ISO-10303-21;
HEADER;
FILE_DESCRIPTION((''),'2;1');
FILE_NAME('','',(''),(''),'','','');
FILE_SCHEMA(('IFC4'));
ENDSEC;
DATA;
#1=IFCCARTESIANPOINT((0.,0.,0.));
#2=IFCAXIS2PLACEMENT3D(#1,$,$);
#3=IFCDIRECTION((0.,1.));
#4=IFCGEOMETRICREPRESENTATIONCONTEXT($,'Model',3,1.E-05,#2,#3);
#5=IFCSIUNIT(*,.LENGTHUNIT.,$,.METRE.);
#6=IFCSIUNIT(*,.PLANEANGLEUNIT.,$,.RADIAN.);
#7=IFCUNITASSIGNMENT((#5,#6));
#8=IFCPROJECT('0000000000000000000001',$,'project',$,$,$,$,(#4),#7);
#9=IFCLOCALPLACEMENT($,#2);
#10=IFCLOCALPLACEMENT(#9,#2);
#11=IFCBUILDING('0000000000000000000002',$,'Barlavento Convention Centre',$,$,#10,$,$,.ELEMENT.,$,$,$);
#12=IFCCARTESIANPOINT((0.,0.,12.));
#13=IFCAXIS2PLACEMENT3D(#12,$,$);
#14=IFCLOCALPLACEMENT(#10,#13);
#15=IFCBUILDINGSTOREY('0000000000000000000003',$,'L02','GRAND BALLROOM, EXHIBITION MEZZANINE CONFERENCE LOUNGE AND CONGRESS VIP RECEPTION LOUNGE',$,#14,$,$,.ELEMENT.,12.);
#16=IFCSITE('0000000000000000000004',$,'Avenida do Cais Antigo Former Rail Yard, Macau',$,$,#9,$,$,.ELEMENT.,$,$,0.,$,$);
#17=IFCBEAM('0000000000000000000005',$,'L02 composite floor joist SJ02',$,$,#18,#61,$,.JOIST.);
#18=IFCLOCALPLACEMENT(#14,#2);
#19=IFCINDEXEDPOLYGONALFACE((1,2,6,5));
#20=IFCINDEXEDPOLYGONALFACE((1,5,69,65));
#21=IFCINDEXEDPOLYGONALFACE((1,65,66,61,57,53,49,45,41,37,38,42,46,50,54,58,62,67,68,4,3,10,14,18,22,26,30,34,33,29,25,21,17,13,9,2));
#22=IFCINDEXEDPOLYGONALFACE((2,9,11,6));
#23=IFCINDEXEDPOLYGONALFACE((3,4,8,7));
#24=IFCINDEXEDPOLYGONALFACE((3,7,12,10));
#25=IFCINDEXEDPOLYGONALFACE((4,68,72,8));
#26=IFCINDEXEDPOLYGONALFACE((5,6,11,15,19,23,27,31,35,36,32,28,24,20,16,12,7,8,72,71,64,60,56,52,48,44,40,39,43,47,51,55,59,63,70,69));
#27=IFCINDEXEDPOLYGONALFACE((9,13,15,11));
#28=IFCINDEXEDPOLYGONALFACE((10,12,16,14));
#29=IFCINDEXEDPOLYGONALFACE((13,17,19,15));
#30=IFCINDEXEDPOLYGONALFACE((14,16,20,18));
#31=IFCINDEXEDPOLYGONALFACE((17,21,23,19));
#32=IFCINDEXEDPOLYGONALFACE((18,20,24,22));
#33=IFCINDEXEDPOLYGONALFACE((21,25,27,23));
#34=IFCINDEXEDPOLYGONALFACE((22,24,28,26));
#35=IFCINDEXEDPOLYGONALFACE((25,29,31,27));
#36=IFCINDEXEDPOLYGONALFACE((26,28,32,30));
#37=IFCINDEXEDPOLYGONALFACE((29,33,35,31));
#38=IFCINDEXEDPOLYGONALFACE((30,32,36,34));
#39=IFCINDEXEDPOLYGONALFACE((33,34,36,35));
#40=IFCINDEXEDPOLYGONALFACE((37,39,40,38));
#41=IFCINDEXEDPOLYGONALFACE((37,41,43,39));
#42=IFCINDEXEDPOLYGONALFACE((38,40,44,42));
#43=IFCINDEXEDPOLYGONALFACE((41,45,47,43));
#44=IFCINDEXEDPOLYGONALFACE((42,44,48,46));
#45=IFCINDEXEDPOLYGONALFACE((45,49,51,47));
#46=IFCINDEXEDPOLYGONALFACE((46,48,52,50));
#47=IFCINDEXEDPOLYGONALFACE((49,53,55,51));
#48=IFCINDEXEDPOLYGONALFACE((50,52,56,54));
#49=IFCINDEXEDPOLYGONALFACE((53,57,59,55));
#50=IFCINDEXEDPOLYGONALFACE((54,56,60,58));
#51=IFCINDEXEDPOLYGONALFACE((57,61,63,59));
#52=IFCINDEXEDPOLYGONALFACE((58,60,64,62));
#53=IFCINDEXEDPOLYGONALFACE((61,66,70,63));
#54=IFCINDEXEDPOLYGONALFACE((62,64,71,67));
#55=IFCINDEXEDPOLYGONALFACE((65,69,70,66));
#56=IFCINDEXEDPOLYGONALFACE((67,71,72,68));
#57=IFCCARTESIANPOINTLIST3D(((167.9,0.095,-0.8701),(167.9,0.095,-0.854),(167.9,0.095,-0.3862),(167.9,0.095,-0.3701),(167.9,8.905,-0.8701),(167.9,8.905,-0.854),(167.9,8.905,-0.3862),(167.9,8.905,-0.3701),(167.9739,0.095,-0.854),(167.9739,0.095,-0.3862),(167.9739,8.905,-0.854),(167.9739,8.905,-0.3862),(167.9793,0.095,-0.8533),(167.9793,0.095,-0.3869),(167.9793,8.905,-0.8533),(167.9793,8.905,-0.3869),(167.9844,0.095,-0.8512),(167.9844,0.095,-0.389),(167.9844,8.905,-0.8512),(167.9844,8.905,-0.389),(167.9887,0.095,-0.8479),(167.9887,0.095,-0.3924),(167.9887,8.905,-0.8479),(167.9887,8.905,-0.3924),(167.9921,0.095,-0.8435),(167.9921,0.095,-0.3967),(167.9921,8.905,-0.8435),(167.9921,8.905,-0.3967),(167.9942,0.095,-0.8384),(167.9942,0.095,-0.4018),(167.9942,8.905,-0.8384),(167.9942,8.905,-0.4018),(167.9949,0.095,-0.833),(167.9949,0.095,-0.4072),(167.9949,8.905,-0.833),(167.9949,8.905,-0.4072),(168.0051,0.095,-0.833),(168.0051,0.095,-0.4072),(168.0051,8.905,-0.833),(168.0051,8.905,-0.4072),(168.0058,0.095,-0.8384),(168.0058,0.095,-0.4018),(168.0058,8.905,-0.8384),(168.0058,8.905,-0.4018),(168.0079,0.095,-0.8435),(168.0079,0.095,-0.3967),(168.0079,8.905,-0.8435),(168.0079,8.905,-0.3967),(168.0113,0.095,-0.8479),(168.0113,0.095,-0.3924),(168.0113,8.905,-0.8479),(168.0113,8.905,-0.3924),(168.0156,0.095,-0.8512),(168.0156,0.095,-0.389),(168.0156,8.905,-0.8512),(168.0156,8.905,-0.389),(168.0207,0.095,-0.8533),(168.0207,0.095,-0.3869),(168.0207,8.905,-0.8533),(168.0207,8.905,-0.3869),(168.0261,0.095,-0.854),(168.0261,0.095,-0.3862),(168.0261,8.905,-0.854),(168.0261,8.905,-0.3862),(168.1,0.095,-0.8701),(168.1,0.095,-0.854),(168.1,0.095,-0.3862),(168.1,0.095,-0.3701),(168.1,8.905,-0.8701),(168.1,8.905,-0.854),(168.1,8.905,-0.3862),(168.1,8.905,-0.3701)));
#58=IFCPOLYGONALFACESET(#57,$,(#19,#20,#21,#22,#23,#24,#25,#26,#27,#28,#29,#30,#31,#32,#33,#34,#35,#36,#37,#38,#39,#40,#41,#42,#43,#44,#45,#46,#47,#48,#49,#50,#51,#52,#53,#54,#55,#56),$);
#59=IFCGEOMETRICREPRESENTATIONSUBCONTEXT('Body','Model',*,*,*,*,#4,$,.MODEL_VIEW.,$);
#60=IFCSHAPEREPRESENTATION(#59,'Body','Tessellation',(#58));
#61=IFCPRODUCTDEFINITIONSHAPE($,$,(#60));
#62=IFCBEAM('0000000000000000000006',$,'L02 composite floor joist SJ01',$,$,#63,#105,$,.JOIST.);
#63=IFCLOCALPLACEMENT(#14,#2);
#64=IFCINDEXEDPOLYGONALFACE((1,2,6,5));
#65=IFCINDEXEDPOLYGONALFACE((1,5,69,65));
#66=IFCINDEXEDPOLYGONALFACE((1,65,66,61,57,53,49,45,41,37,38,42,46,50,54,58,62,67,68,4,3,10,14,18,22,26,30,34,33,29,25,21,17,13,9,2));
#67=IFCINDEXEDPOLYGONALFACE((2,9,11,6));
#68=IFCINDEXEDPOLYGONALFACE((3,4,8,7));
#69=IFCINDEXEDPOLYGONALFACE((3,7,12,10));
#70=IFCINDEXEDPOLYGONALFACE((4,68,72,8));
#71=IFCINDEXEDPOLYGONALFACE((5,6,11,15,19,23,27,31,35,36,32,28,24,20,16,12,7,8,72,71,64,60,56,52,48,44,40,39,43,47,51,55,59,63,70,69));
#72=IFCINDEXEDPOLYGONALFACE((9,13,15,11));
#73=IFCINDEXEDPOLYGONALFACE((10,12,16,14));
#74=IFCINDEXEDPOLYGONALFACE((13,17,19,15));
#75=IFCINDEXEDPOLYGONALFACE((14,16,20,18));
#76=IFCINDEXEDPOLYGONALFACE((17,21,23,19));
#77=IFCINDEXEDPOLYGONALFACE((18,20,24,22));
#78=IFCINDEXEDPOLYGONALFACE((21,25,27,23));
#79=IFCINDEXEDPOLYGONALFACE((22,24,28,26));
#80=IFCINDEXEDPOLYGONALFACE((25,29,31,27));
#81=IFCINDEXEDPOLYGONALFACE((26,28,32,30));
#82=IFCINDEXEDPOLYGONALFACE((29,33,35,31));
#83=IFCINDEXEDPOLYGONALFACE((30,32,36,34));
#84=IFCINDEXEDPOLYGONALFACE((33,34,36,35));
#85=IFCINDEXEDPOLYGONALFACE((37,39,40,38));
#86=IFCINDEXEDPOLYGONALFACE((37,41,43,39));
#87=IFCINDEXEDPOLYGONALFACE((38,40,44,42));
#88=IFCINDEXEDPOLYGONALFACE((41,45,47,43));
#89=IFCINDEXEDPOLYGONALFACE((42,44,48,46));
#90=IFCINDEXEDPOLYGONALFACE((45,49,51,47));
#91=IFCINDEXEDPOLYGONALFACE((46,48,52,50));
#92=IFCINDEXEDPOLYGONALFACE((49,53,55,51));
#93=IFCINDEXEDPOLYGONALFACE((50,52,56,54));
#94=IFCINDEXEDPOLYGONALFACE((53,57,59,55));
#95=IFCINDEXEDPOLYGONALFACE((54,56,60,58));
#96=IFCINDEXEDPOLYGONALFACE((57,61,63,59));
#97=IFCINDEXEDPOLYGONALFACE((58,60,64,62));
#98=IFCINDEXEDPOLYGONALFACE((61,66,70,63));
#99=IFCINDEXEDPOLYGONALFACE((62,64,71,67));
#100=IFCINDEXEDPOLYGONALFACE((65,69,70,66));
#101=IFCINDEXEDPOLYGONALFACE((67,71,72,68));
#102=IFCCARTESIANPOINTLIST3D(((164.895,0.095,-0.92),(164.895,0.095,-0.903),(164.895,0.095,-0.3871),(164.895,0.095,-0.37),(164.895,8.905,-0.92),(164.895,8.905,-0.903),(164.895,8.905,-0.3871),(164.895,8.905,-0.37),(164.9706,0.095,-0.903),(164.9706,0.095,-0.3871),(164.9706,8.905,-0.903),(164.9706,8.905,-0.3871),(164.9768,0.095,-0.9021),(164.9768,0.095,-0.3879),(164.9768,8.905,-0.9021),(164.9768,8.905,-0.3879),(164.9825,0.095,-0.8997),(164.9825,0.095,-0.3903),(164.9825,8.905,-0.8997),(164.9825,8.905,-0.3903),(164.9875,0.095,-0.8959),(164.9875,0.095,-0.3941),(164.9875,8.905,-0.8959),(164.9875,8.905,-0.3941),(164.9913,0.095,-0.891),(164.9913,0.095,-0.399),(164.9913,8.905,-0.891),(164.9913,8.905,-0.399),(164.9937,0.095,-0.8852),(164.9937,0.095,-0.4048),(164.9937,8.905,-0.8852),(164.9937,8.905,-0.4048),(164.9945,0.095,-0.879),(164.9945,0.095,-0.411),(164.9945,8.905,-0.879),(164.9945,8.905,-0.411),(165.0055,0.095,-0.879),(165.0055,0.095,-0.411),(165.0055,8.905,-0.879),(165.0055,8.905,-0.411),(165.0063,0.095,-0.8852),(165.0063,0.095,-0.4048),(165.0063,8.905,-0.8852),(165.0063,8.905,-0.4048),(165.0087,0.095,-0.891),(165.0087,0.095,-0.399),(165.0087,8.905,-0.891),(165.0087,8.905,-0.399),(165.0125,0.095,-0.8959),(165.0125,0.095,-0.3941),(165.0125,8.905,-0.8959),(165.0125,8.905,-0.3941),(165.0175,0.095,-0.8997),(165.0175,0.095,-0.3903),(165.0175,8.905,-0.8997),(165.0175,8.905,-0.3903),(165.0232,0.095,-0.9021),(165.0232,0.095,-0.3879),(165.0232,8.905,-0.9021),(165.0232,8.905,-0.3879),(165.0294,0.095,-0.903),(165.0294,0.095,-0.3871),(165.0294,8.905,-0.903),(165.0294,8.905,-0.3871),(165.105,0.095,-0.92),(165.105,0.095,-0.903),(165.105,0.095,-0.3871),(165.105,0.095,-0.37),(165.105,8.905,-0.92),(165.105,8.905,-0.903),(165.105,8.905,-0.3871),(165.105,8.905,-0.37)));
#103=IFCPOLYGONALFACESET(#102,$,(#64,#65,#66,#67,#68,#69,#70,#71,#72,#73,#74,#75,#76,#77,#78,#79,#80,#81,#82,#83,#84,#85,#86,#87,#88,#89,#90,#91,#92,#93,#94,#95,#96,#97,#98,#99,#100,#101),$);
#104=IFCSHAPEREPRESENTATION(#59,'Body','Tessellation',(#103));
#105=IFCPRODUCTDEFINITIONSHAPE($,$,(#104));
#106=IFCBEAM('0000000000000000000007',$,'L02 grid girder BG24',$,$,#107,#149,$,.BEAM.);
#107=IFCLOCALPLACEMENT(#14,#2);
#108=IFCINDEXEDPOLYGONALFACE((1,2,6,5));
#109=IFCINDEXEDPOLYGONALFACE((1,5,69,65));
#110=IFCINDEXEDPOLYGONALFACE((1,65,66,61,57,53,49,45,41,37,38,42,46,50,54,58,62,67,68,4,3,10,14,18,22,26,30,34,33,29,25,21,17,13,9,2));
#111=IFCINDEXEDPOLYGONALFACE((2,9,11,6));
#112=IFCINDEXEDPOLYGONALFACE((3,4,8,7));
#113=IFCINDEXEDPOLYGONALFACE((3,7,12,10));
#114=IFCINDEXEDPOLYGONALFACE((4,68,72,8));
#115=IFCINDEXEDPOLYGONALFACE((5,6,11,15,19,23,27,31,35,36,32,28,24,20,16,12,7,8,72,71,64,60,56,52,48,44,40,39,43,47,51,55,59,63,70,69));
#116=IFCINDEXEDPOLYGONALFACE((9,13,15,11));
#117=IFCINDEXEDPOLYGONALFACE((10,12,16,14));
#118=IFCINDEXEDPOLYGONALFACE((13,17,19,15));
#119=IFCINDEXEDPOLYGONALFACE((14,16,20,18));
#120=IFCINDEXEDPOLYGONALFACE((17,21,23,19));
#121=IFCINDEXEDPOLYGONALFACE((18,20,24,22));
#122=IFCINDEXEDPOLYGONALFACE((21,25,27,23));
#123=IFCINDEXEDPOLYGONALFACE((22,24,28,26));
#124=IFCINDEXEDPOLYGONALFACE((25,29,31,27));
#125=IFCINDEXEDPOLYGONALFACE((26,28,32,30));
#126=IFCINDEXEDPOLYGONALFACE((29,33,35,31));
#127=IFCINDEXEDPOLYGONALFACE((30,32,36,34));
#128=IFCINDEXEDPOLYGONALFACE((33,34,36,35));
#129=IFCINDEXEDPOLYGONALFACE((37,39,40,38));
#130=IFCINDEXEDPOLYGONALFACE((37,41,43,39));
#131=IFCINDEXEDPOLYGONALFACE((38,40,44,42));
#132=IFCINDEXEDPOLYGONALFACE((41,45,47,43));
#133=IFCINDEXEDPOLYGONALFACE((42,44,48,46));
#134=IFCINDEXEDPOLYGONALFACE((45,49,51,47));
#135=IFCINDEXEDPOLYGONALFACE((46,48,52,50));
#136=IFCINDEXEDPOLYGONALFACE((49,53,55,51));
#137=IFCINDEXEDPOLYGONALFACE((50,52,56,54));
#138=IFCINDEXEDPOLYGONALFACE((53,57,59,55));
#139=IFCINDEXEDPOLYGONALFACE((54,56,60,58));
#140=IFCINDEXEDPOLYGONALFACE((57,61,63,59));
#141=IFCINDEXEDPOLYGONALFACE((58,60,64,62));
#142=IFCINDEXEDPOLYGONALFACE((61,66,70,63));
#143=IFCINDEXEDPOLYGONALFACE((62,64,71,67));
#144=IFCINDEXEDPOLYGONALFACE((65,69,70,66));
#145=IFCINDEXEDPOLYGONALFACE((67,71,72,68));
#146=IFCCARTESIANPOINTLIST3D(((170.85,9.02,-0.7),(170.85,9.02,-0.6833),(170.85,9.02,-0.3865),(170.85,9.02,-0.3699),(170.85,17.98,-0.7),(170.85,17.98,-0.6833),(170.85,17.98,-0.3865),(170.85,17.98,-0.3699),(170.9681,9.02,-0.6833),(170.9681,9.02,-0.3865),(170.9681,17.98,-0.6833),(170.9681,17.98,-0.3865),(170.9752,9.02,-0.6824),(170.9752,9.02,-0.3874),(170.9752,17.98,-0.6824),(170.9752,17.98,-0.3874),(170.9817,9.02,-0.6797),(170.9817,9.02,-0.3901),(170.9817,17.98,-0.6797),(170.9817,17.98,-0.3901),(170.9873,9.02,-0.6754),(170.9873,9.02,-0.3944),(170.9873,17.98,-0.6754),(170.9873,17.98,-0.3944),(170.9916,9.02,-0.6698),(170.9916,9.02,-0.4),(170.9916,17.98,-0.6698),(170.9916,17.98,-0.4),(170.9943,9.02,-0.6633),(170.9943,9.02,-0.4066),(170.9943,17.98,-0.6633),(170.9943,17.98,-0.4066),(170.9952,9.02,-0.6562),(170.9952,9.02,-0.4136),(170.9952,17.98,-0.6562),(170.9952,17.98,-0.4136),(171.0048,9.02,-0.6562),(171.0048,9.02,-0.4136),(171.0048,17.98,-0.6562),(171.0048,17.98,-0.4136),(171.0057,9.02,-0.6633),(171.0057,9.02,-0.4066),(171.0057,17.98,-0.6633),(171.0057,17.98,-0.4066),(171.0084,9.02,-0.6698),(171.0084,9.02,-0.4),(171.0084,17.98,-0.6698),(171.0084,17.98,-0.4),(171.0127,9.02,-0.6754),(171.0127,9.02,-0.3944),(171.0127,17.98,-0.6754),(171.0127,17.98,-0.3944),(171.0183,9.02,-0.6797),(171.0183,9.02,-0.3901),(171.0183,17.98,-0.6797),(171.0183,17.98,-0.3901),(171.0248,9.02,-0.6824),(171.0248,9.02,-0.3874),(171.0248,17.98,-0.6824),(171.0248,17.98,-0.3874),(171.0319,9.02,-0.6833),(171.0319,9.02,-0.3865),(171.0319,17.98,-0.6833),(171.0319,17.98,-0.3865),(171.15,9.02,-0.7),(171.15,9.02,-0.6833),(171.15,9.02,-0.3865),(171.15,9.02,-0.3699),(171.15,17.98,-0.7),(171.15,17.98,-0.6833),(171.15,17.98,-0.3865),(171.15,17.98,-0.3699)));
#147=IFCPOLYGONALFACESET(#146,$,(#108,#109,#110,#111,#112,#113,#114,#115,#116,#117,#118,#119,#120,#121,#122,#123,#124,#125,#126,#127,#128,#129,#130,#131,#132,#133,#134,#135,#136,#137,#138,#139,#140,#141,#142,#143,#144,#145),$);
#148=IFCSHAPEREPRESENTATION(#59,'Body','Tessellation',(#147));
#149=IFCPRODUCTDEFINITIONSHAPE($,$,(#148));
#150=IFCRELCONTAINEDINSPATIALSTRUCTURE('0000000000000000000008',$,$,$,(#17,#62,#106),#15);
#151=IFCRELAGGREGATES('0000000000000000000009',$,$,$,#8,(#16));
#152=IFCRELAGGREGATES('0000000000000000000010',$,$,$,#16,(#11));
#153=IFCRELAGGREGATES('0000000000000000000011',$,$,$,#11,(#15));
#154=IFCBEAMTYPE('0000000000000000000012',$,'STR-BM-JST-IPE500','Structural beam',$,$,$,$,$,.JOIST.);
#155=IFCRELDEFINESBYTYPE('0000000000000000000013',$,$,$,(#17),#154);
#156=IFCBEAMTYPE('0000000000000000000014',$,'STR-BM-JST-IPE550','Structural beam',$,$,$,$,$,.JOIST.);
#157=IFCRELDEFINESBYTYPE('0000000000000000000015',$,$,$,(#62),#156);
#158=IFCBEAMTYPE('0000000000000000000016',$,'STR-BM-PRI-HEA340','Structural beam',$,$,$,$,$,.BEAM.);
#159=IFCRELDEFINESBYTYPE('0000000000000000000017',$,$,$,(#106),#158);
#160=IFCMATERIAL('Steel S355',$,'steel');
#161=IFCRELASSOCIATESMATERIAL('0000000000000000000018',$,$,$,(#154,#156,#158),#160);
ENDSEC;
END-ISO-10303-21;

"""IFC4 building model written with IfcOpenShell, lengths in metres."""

from ifc_helpers import new_model, si_unit, direction, frame, origin, origin_2d, place, context, subcontext, project, spatial, i_section, extrude, material, material_profile, profile_set, type_object, element, save


model = new_model("IFC4")

# Units and contexts
model_context = context("Model", 3, precision=1e-05, world=origin(), true_north=direction((0.0, 1.0)))
body_context = subcontext(model_context, "Body", "Model", "MODEL_VIEW")
ifc_project = project(units=[si_unit("LENGTHUNIT", "METRE"), si_unit("PLANEANGLEUNIT", "RADIAN")], contexts=[model_context])

# Site, building, storey
site_placement = place(None, origin())
site = spatial("IfcSite", under=ifc_project, at=site_placement, Name="Avenida do Cais Antigo Former Rail Yard, Macau", CompositionType="ELEMENT", RefElevation=0.0)
building_placement = place(site_placement, origin())
building = spatial("IfcBuilding", under=site, at=building_placement, Name="Barlavento Convention Centre", CompositionType="ELEMENT")
storey_placement = place(building_placement, frame((0.0, 0.0, 12.0)))
storey = spatial("IfcBuildingStorey", under=building, at=storey_placement, Name="L02", Description="GRAND BALLROOM, EXHIBITION MEZZANINE CONFERENCE LOUNGE AND CONGRESS VIP RECEPTION LOUNGE", CompositionType="ELEMENT", Elevation=12.0)

# Shared definitions
ifc_material_1 = material(Name="Steel S355", Category="steel")

# Beams
ifc_material_profile_1 = material_profile(ifc_material_1, i_section(OverallWidth=0.2, OverallDepth=0.5, WebThickness=0.0103, FlangeThickness=0.0161, FilletRadius=0.021, at=origin_2d()), Name="IPE 500")
ifc_profile_set_1 = profile_set([ifc_material_profile_1], Name="Steel S355")
beam_type_1 = type_object("IfcBeamType", Name="STR-BM-JST-IPE500", Description="Structural beam", PredefinedType="JOIST", material=ifc_profile_set_1)
beam_1_placement = place(storey_placement, frame((168.0, 0.095, -0.6201), z_axis=(0.0, 1.0, 0.0), x_axis=(-1.0, 0.0, 0.0)))
element("IfcBeam", 1, at=beam_1_placement, inside=storey, type_object=beam_type_1, Name="L02 composite floor joist SJ02", PredefinedType="JOIST", context=body_context, shape_type="SweptSolid", body=[
    extrude(i_section(OverallWidth=0.2, OverallDepth=0.5, WebThickness=0.0103, FlangeThickness=0.0161, FilletRadius=0.021, at=origin_2d()), origin(), (0.0, 0.0, 1.0), 8.8101),
])
ifc_material_profile_2 = material_profile(ifc_material_1, i_section(OverallWidth=0.21, OverallDepth=0.55, WebThickness=0.011, FlangeThickness=0.0171, FilletRadius=0.0239, at=origin_2d()), Name="IPE 550")
ifc_profile_set_2 = profile_set([ifc_material_profile_2], Name="Steel S355")
beam_type_2 = type_object("IfcBeamType", Name="STR-BM-JST-IPE550", Description="Structural beam", PredefinedType="JOIST", material=ifc_profile_set_2)
beam_2_placement = place(storey_placement, frame((165.0, 0.095, -0.645), z_axis=(0.0, 1.0, 0.0), x_axis=(-1.0, 0.0, 0.0)))
element("IfcBeam", 2, at=beam_2_placement, inside=storey, type_object=beam_type_2, Name="L02 composite floor joist SJ01", PredefinedType="JOIST", context=body_context, shape_type="SweptSolid", body=[
    extrude(i_section(OverallWidth=0.21, OverallDepth=0.55, WebThickness=0.011, FlangeThickness=0.0171, FilletRadius=0.0239, at=origin_2d()), origin(), (0.0, 0.0, 1.0), 8.8101),
])
ifc_material_profile_3 = material_profile(ifc_material_1, i_section(OverallWidth=0.3, OverallDepth=0.3301, WebThickness=0.0095, FlangeThickness=0.0166, FilletRadius=0.0271, at=origin_2d()), Name="HEA 340")
ifc_profile_set_3 = profile_set([ifc_material_profile_3], Name="Steel S355")
beam_type_3 = type_object("IfcBeamType", Name="STR-BM-PRI-HEA340", Description="Structural beam", PredefinedType="BEAM", material=ifc_profile_set_3)
beam_3_placement = place(storey_placement, frame((171.0, 9.02, -0.5349), z_axis=(0.0, 1.0, 0.0), x_axis=(-1.0, 0.0, 0.0)))
element("IfcBeam", 3, at=beam_3_placement, inside=storey, type_object=beam_type_3, Name="L02 grid girder BG24", PredefinedType="BEAM", context=body_context, shape_type="SweptSolid", body=[
    extrude(i_section(OverallWidth=0.3, OverallDepth=0.3301, WebThickness=0.0095, FlangeThickness=0.0166, FilletRadius=0.0271, at=origin_2d()), origin(), (0.0, 0.0, 1.0), 8.96),
])

save(model, "model.ifc")
